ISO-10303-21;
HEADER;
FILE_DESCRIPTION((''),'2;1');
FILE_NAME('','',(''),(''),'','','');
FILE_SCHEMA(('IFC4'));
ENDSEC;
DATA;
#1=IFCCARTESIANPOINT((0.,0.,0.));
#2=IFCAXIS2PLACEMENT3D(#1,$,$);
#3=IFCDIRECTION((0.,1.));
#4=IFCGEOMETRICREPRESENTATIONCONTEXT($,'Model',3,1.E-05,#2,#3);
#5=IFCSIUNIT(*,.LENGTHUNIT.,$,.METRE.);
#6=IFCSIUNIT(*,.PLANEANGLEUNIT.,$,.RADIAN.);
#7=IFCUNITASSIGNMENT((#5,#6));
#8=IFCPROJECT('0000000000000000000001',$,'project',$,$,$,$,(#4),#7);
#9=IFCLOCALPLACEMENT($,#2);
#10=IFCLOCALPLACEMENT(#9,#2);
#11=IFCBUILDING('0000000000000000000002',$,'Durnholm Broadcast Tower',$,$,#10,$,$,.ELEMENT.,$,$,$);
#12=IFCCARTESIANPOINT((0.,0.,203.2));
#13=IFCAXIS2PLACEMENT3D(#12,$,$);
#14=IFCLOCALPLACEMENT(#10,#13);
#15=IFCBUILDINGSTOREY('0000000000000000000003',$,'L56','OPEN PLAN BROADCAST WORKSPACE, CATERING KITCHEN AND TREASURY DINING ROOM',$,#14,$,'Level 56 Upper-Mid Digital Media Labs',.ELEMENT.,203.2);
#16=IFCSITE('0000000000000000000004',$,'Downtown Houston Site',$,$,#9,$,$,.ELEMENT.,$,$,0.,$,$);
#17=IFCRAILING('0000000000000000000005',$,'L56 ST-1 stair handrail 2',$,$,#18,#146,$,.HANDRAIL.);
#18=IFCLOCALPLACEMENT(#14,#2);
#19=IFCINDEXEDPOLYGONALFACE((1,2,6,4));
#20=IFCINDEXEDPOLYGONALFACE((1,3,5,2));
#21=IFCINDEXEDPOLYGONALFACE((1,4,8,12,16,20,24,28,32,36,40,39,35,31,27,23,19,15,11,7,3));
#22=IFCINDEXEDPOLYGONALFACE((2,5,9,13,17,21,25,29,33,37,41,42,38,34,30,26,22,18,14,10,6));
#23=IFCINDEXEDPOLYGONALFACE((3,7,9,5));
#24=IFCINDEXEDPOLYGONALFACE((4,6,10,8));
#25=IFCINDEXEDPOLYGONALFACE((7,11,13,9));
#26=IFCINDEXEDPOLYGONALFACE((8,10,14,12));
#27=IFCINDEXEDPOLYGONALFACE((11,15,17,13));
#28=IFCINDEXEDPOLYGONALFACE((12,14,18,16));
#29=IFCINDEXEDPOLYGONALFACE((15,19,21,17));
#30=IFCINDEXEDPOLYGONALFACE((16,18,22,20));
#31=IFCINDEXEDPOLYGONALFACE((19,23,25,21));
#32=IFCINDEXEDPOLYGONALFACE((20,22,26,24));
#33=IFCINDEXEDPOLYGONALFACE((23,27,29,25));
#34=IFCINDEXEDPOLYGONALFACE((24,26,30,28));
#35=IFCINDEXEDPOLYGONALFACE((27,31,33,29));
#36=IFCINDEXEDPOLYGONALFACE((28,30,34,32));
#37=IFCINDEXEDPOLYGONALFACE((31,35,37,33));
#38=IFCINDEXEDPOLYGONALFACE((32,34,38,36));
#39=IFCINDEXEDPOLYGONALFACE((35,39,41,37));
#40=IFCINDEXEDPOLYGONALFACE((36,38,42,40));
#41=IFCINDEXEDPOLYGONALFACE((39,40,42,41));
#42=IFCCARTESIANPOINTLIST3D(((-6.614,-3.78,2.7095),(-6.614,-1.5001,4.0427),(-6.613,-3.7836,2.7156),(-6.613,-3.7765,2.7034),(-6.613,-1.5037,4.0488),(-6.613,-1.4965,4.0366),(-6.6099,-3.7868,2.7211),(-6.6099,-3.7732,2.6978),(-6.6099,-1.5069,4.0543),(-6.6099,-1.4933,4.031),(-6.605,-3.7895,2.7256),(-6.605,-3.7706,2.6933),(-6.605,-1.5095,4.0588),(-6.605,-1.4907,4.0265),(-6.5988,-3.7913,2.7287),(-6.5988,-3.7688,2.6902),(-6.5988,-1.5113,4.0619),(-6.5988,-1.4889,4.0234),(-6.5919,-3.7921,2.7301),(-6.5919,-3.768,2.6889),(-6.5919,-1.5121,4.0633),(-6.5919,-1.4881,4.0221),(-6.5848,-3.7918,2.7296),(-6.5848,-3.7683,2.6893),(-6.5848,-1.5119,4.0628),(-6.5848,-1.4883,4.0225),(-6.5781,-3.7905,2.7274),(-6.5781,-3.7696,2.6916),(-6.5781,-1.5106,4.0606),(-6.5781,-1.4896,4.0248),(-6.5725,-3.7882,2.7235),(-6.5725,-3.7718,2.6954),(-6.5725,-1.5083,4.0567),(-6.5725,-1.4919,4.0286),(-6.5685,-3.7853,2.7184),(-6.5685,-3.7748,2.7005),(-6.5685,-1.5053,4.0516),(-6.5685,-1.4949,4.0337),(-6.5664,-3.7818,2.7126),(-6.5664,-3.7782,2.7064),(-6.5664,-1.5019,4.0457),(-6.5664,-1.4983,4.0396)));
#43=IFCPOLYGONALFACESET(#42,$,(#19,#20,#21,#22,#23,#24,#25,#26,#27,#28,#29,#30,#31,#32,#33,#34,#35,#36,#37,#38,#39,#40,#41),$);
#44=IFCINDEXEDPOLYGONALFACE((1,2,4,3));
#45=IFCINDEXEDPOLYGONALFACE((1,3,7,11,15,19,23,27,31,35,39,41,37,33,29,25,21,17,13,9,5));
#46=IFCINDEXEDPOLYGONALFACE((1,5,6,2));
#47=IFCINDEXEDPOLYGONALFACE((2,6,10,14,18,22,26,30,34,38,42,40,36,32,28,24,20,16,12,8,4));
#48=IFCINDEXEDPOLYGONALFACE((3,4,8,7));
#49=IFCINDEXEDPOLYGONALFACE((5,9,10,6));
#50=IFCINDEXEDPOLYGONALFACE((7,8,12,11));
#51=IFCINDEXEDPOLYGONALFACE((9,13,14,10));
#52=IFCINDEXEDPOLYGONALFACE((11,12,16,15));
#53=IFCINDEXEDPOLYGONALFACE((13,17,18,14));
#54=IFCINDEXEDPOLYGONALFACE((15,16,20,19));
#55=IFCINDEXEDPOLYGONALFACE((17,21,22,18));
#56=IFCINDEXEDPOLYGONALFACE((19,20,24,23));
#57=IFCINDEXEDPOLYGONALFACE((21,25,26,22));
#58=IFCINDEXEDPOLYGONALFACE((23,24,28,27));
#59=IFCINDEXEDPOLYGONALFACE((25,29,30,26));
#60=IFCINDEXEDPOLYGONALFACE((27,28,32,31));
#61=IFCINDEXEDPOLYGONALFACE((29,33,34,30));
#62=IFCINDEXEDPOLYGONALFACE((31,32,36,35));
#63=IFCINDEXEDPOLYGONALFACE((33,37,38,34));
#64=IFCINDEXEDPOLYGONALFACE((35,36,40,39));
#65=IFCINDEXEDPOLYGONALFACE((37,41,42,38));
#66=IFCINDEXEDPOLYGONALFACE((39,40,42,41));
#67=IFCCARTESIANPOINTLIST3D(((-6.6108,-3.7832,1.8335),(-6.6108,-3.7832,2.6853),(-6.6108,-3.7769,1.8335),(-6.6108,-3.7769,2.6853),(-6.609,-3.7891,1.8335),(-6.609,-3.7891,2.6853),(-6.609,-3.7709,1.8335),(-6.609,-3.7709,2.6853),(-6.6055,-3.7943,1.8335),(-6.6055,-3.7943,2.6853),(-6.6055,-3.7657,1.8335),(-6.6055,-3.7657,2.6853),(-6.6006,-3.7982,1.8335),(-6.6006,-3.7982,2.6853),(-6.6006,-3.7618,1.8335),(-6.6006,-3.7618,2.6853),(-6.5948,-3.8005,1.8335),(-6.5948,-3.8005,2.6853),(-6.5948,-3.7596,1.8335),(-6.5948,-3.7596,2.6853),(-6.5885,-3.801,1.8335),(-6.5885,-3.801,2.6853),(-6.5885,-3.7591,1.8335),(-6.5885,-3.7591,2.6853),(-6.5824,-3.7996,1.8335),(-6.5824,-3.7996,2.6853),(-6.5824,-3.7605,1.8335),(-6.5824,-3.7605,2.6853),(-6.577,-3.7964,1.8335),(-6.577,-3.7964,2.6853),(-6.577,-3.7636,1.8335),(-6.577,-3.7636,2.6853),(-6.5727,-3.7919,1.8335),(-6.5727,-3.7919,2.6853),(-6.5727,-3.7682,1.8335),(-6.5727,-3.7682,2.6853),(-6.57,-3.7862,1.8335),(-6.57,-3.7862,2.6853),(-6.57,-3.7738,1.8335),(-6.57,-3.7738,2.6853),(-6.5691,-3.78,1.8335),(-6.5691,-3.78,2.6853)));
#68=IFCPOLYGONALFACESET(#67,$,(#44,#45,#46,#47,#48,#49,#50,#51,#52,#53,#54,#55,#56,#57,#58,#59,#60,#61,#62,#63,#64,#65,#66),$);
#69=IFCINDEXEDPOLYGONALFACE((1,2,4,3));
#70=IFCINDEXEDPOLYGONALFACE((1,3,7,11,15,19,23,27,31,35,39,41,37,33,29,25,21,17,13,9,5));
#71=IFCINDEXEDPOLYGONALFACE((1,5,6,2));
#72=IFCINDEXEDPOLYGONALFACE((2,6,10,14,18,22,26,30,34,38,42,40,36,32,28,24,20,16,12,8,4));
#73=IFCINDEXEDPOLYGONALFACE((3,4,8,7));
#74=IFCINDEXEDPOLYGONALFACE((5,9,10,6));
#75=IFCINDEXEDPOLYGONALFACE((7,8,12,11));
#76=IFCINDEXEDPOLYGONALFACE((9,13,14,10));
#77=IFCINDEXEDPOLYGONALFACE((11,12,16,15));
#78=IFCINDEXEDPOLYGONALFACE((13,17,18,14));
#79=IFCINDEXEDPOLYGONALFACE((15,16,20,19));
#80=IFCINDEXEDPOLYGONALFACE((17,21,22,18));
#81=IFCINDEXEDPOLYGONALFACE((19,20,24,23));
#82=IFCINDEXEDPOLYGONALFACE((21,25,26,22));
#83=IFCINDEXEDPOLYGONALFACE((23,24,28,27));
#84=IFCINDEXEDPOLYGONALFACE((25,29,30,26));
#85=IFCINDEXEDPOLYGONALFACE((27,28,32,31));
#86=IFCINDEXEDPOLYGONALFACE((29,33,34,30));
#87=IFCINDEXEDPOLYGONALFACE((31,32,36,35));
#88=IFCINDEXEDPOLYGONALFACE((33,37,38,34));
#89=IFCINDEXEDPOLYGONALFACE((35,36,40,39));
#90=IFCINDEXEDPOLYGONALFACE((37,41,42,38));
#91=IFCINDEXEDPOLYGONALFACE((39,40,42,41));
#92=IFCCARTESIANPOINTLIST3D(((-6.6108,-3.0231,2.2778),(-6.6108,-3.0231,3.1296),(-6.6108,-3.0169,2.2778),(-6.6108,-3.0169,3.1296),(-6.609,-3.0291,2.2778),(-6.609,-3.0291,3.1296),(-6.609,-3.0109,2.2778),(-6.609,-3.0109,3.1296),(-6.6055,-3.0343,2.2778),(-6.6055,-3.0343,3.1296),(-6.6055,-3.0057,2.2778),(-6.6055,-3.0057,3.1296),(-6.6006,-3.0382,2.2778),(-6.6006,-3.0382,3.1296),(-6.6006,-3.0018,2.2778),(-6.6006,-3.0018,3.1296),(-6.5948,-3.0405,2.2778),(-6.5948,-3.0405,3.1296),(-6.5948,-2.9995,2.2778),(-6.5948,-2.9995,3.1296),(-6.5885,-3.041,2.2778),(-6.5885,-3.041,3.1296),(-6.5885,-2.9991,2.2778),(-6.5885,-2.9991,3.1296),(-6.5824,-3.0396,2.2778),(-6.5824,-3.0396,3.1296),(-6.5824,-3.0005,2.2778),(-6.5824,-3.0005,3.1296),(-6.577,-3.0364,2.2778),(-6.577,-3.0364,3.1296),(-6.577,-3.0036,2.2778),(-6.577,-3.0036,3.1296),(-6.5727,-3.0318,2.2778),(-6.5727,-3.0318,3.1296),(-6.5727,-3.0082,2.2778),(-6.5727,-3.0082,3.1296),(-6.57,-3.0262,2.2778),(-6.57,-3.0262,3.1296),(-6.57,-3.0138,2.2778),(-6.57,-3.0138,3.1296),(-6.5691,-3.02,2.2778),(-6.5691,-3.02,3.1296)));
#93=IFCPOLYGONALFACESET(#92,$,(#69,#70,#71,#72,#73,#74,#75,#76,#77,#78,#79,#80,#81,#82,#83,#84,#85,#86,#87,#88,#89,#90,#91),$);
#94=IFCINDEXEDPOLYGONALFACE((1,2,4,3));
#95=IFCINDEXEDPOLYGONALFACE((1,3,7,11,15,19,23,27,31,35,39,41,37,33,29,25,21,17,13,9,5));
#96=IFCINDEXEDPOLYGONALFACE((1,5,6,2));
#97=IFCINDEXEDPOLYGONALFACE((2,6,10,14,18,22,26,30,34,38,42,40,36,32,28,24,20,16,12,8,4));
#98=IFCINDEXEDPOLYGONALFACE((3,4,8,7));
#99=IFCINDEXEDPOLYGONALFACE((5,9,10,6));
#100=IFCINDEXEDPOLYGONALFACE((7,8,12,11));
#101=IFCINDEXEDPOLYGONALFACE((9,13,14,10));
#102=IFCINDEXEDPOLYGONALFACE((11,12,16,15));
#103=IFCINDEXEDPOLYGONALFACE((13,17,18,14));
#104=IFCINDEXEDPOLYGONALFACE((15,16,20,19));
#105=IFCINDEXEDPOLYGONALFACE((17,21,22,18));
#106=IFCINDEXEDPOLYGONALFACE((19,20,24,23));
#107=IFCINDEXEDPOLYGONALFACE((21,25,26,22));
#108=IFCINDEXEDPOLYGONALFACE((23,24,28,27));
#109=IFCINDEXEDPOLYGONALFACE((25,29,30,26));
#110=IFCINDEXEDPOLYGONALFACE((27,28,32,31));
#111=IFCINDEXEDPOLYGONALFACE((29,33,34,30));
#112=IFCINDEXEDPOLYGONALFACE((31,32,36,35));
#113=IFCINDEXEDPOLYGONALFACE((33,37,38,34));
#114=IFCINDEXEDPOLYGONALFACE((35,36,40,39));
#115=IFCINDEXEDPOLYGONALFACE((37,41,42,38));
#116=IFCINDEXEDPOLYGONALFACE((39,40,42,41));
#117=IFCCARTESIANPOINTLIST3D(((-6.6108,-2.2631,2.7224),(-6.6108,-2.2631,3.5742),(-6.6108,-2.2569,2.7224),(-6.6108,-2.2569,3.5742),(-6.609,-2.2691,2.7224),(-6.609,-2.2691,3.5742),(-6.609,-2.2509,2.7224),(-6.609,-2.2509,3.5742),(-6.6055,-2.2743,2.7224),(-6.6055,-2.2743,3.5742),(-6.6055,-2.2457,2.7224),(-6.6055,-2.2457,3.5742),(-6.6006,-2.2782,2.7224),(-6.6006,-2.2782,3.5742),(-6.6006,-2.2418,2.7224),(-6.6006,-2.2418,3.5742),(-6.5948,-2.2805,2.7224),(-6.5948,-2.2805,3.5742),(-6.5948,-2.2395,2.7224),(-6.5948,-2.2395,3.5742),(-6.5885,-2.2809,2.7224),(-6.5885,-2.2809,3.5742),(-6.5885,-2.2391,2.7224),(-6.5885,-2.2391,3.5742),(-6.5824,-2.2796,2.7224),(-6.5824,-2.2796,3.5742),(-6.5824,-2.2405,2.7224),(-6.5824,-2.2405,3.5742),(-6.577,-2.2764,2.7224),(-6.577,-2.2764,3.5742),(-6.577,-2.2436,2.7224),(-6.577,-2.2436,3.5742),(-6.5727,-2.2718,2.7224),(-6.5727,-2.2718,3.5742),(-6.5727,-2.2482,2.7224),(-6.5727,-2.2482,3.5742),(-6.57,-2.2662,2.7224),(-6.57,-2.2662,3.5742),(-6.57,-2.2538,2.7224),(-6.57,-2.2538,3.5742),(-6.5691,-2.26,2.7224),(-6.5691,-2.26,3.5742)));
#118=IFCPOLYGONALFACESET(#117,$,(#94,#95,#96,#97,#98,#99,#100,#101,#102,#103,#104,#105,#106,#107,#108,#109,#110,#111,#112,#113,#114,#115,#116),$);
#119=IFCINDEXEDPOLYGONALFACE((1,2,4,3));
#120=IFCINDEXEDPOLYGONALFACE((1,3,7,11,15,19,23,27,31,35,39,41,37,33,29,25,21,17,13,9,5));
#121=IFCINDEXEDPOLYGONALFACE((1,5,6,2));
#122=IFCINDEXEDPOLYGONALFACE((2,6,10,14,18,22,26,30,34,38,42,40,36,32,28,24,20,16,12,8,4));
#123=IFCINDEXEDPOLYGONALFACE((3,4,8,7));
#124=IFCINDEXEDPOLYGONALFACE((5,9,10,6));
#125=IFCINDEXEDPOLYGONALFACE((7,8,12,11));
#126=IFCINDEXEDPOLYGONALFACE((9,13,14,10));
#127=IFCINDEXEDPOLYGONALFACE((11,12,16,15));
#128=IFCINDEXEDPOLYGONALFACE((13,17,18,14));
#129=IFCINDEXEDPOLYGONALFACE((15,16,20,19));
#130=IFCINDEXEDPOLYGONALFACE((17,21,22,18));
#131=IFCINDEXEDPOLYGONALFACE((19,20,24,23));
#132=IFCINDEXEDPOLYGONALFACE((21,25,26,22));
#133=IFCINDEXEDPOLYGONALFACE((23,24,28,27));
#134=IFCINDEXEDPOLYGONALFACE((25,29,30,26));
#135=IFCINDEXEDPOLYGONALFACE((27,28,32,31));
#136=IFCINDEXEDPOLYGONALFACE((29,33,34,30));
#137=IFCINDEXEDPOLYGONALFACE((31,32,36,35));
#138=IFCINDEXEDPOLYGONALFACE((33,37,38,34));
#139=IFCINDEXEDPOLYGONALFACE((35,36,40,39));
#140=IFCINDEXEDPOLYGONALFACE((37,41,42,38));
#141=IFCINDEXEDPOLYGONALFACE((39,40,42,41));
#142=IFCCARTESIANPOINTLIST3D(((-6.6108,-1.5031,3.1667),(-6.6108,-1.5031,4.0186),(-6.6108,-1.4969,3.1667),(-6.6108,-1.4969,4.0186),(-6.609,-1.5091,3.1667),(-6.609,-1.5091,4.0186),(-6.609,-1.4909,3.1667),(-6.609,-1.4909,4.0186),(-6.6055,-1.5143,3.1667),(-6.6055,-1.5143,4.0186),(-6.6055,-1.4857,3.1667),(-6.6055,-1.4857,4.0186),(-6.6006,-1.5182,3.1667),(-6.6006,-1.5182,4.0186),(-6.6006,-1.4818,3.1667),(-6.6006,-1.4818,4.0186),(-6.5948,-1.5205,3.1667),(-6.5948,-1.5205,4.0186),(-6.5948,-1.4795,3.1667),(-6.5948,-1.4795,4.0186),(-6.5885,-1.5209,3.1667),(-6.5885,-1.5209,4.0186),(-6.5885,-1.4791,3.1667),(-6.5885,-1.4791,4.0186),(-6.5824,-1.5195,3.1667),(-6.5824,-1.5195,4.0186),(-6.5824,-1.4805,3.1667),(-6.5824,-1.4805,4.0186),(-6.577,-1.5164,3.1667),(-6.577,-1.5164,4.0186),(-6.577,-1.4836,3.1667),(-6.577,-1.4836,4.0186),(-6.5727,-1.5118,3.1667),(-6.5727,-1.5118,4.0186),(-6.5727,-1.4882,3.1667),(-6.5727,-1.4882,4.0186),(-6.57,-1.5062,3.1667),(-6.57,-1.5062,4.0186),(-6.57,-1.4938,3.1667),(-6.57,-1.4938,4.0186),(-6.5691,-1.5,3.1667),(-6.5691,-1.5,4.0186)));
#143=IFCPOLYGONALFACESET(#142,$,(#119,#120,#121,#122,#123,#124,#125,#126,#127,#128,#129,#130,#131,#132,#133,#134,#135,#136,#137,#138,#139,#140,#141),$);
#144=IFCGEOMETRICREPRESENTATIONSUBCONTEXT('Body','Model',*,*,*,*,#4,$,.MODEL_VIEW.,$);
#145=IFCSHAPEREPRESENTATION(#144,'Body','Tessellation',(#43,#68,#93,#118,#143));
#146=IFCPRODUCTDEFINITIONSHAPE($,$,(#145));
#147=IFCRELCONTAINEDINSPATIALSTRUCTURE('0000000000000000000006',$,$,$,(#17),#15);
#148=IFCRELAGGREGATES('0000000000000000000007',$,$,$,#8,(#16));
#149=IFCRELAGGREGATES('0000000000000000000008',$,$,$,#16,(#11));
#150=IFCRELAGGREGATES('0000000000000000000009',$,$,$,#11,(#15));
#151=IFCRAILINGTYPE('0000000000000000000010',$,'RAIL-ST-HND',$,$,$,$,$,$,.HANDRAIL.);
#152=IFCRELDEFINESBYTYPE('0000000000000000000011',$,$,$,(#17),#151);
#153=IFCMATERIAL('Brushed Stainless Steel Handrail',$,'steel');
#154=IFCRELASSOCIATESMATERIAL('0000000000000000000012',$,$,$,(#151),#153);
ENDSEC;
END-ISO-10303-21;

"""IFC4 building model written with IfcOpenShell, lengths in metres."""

from ifc_helpers import new_model, si_unit, direction, frame, origin, origin_2d, place, context, subcontext, project, spatial, circle, extrude, material, type_object, element, save


model = new_model("IFC4")

# Units and contexts
model_context = context("Model", 3, precision=1e-05, world=origin(), true_north=direction((0.0, 1.0)))
body_context = subcontext(model_context, "Body", "Model", "MODEL_VIEW")
ifc_project = project(units=[si_unit("LENGTHUNIT", "METRE"), si_unit("PLANEANGLEUNIT", "RADIAN")], contexts=[model_context])

# Site, building, storey
site_placement = place(None, origin())
site = spatial("IfcSite", under=ifc_project, at=site_placement, Name="Downtown Houston Site", CompositionType="ELEMENT", RefElevation=0.0)
building_placement = place(site_placement, origin())
building = spatial("IfcBuilding", under=site, at=building_placement, Name="Durnholm Broadcast Tower", CompositionType="ELEMENT")
storey_placement = place(building_placement, frame((0.0, 0.0, 203.2)))
storey = spatial("IfcBuildingStorey", under=building, at=storey_placement, Name="L56", Description="OPEN PLAN BROADCAST WORKSPACE, CATERING KITCHEN AND TREASURY DINING ROOM", LongName="Level 56 Upper-Mid Digital Media Labs", CompositionType="ELEMENT", Elevation=203.2)

# Railing
ifc_material_1 = material(Name="Brushed Stainless Steel Handrail", Category="steel")
railing_type_1 = type_object("IfcRailingType", Name="RAIL-ST-HND", PredefinedType="HANDRAIL", material=ifc_material_1)
railing_1_placement = place(storey_placement, frame((-6.5901, -3.78, 1.8335)))
element("IfcRailing", 1, at=railing_1_placement, inside=storey, type_object=railing_type_1, Name="L56 ST-1 stair handrail 2", PredefinedType="HANDRAIL", context=body_context, shape_type="SweptSolid", body=[
    extrude(circle(Radius=0.0239, at=origin_2d()), frame((0.0, 0.0, 0.876), z_axis=(0.0, 0.863245, 0.504785), x_axis=(-1.0, 0.0, 0.0)), (0.0, 0.0, 1.0), 2.6411),
    extrude(circle(Radius=0.021, at=origin_2d()), origin(), (0.0, 0.0, 1.0), 0.8518),
    extrude(circle(Radius=0.021, at=origin_2d()), frame((0.0, 0.76, 0.4443)), (0.0, 0.0, 1.0), 0.8518),
    extrude(circle(Radius=0.021, at=origin_2d()), frame((0.0, 1.52, 0.8889)), (0.0, 0.0, 1.0), 0.8518),
    extrude(circle(Radius=0.021, at=origin_2d()), frame((0.0, 2.28, 1.3333)), (0.0, 0.0, 1.0), 0.8518),
])

save(model, "model.ifc")
